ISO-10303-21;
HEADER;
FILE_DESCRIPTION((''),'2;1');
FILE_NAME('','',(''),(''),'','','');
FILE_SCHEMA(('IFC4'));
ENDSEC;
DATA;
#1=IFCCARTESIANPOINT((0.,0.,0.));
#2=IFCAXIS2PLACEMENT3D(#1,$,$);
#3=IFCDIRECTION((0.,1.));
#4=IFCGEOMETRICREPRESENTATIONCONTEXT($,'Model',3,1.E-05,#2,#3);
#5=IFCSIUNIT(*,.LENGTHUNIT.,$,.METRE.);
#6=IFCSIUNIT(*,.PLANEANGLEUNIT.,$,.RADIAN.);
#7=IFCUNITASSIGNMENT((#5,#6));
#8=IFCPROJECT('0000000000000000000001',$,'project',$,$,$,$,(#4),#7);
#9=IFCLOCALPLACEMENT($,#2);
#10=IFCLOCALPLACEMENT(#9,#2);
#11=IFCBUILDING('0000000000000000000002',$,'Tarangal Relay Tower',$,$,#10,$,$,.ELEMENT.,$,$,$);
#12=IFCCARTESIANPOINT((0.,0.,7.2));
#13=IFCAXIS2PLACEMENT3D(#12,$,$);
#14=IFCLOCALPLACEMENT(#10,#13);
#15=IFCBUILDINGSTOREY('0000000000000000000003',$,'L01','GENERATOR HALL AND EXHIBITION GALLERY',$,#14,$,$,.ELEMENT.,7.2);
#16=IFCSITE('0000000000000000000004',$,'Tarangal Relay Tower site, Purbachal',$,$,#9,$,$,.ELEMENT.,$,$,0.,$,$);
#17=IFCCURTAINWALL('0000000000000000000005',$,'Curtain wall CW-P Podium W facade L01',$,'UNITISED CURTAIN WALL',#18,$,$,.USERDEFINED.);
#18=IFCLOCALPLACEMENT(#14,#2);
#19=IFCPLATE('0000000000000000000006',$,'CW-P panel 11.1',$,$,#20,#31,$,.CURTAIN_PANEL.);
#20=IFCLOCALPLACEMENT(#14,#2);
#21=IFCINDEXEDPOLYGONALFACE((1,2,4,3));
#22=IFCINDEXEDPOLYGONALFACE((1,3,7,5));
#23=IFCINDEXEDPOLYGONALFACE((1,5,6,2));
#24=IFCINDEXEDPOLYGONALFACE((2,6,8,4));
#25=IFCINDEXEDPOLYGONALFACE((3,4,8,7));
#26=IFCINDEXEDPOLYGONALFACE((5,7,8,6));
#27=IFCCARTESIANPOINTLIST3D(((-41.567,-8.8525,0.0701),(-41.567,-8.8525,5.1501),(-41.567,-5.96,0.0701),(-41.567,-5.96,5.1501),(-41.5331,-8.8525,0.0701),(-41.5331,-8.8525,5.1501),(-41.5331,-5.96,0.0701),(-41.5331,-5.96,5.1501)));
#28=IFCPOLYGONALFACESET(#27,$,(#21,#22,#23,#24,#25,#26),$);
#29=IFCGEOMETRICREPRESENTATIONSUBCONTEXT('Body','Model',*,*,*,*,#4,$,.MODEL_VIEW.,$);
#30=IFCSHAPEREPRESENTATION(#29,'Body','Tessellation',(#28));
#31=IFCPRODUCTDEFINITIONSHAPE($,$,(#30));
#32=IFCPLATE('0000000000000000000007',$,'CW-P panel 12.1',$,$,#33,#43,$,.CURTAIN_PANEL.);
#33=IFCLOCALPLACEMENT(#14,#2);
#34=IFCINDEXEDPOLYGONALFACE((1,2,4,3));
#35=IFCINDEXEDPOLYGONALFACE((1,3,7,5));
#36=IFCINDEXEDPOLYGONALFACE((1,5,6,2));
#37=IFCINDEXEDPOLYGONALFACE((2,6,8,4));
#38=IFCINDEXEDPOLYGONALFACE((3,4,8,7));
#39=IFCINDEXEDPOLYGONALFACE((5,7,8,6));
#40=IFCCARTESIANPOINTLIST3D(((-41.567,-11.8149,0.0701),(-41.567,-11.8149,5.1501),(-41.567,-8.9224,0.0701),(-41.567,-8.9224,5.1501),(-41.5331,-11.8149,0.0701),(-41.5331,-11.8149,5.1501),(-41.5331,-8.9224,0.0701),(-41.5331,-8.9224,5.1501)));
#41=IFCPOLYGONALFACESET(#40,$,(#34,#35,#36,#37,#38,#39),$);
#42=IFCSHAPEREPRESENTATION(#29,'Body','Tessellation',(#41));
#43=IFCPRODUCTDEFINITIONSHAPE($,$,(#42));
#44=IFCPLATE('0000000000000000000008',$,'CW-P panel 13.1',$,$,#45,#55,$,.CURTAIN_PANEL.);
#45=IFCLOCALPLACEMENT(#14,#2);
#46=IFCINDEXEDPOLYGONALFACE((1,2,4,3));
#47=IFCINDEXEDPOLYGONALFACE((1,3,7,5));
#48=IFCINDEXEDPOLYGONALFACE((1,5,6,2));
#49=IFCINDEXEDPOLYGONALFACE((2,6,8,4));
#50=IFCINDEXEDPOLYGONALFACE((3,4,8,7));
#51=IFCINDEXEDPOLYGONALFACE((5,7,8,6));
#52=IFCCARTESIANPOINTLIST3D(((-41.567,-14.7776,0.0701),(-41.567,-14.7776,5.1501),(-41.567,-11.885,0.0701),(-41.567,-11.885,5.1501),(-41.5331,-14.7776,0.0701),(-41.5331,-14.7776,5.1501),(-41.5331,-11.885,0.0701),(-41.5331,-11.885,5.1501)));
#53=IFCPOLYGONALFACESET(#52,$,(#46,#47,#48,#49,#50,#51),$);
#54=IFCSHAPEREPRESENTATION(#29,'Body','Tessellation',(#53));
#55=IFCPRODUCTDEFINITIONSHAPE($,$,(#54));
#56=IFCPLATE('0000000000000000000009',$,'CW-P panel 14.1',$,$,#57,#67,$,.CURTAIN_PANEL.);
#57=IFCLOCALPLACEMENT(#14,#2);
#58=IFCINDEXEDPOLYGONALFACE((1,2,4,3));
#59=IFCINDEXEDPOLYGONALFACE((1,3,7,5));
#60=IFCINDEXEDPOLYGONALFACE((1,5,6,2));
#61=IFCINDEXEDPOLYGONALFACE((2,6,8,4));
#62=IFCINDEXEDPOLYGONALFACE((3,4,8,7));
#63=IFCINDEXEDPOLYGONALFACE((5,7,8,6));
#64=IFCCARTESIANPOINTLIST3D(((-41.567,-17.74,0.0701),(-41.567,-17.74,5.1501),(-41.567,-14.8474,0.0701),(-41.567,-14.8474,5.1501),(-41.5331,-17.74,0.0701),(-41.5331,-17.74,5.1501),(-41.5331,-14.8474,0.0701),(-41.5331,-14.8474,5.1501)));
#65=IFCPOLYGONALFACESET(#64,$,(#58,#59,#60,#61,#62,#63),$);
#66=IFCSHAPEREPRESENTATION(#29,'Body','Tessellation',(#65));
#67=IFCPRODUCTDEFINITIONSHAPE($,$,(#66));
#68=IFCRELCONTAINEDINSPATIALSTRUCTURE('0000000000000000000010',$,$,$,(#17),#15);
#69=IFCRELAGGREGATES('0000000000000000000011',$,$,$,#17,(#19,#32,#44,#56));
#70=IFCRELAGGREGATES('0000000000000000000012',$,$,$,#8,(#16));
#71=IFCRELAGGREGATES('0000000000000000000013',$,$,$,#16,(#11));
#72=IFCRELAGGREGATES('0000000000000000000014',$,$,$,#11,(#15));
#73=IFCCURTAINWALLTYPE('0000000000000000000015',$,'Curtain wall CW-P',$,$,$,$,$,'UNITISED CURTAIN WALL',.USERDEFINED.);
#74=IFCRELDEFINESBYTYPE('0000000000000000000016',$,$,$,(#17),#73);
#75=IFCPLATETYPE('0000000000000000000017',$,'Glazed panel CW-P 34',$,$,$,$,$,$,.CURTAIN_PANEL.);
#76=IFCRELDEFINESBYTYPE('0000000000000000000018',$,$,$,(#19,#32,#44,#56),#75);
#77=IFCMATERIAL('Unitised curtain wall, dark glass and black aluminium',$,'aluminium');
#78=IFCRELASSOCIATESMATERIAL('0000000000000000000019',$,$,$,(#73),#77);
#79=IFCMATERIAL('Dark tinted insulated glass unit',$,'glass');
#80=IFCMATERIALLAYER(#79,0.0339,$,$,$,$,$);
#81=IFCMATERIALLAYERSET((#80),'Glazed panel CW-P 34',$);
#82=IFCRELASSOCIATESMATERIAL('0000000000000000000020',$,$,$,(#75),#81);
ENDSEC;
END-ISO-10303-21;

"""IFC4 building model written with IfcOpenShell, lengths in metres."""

from ifc_helpers import new_model, si_unit, direction, frame, origin, origin_2d, place, context, subcontext, project, spatial, rectangle, extrude, material, layer, layer_set, type_object, element, aggregate, save


model = new_model("IFC4")

# Units and contexts
model_context = context("Model", 3, precision=1e-05, world=origin(), true_north=direction((0.0, 1.0)))
body_context = subcontext(model_context, "Body", "Model", "MODEL_VIEW")
ifc_project = project(units=[si_unit("LENGTHUNIT", "METRE"), si_unit("PLANEANGLEUNIT", "RADIAN")], contexts=[model_context])

# Site, building, storey
site_placement = place(None, origin())
site = spatial("IfcSite", under=ifc_project, at=site_placement, Name="Tarangal Relay Tower site, Purbachal", CompositionType="ELEMENT", RefElevation=0.0)
building_placement = place(site_placement, origin())
building = spatial("IfcBuilding", under=site, at=building_placement, Name="Tarangal Relay Tower", CompositionType="ELEMENT")
storey_placement = place(building_placement, frame((0.0, 0.0, 7.2)))
storey = spatial("IfcBuildingStorey", under=building, at=storey_placement, Name="L01", Description="GENERATOR HALL AND EXHIBITION GALLERY", CompositionType="ELEMENT", Elevation=7.2)

# Curtain wall
ifc_material_1 = material(Name="Unitised curtain wall, dark glass and black aluminium", Category="aluminium")
curtain_wall_type = type_object("IfcCurtainWallType", Name="Curtain wall CW-P", ElementType="UNITISED CURTAIN WALL", PredefinedType="USERDEFINED", material=ifc_material_1)
curtain_wall_placement = place(storey_placement, origin())
curtain_wall = element("IfcCurtainWall", 1, at=curtain_wall_placement, inside=storey, type_object=curtain_wall_type, Name="Curtain wall CW-P Podium W facade L01", ObjectType="UNITISED CURTAIN WALL", PredefinedType="USERDEFINED")

# Plates
ifc_material_2 = material(Name="Dark tinted insulated glass unit", Category="glass")
ifc_layer = layer(ifc_material_2, 0.0339)
ifc_layer_set = layer_set([ifc_layer], Name="Glazed panel CW-P 34")
plate_type = type_object("IfcPlateType", Name="Glazed panel CW-P 34", PredefinedType="CURTAIN_PANEL", material=ifc_layer_set)
plate_1_placement = place(storey_placement, frame((-41.55, -7.4062, 0.0701), z_axis=(0.0, 0.0, 1.0), x_axis=(0.0, -1.0, 0.0)))
plate_1 = element("IfcPlate", 2, at=plate_1_placement, type_object=plate_type, Name="CW-P panel 11.1", PredefinedType="CURTAIN_PANEL", context=body_context, shape_type="SweptSolid", body=[
    extrude(rectangle(XDim=2.8926, YDim=0.0339, at=origin_2d()), origin(), (0.0, 0.0, 1.0), 5.0801),
])
plate_2_placement = place(storey_placement, frame((-41.55, -10.3687, 0.0701), z_axis=(0.0, 0.0, 1.0), x_axis=(0.0, -1.0, 0.0)))
plate_2 = element("IfcPlate", 3, at=plate_2_placement, type_object=plate_type, Name="CW-P panel 12.1", PredefinedType="CURTAIN_PANEL", context=body_context, shape_type="SweptSolid", body=[
    extrude(rectangle(XDim=2.8926, YDim=0.0339, at=origin_2d()), origin(), (0.0, 0.0, 1.0), 5.0801),
])
plate_3_placement = place(storey_placement, frame((-41.55, -13.3313, 0.0701), z_axis=(0.0, 0.0, 1.0), x_axis=(0.0, -1.0, 0.0)))
plate_3 = element("IfcPlate", 4, at=plate_3_placement, type_object=plate_type, Name="CW-P panel 13.1", PredefinedType="CURTAIN_PANEL", context=body_context, shape_type="SweptSolid", body=[
    extrude(rectangle(XDim=2.8926, YDim=0.0339, at=origin_2d()), origin(), (0.0, 0.0, 1.0), 5.0801),
])
plate_4_placement = place(storey_placement, frame((-41.55, -16.2937, 0.0701), z_axis=(0.0, 0.0, 1.0), x_axis=(0.0, -1.0, 0.0)))
plate_4 = element("IfcPlate", 5, at=plate_4_placement, type_object=plate_type, Name="CW-P panel 14.1", PredefinedType="CURTAIN_PANEL", context=body_context, shape_type="SweptSolid", body=[
    extrude(rectangle(XDim=2.8926, YDim=0.0339, at=origin_2d()), origin(), (0.0, 0.0, 1.0), 5.0801),
])
aggregate(curtain_wall, [plate_1, plate_2, plate_3, plate_4])

save(model, "model.ifc")
